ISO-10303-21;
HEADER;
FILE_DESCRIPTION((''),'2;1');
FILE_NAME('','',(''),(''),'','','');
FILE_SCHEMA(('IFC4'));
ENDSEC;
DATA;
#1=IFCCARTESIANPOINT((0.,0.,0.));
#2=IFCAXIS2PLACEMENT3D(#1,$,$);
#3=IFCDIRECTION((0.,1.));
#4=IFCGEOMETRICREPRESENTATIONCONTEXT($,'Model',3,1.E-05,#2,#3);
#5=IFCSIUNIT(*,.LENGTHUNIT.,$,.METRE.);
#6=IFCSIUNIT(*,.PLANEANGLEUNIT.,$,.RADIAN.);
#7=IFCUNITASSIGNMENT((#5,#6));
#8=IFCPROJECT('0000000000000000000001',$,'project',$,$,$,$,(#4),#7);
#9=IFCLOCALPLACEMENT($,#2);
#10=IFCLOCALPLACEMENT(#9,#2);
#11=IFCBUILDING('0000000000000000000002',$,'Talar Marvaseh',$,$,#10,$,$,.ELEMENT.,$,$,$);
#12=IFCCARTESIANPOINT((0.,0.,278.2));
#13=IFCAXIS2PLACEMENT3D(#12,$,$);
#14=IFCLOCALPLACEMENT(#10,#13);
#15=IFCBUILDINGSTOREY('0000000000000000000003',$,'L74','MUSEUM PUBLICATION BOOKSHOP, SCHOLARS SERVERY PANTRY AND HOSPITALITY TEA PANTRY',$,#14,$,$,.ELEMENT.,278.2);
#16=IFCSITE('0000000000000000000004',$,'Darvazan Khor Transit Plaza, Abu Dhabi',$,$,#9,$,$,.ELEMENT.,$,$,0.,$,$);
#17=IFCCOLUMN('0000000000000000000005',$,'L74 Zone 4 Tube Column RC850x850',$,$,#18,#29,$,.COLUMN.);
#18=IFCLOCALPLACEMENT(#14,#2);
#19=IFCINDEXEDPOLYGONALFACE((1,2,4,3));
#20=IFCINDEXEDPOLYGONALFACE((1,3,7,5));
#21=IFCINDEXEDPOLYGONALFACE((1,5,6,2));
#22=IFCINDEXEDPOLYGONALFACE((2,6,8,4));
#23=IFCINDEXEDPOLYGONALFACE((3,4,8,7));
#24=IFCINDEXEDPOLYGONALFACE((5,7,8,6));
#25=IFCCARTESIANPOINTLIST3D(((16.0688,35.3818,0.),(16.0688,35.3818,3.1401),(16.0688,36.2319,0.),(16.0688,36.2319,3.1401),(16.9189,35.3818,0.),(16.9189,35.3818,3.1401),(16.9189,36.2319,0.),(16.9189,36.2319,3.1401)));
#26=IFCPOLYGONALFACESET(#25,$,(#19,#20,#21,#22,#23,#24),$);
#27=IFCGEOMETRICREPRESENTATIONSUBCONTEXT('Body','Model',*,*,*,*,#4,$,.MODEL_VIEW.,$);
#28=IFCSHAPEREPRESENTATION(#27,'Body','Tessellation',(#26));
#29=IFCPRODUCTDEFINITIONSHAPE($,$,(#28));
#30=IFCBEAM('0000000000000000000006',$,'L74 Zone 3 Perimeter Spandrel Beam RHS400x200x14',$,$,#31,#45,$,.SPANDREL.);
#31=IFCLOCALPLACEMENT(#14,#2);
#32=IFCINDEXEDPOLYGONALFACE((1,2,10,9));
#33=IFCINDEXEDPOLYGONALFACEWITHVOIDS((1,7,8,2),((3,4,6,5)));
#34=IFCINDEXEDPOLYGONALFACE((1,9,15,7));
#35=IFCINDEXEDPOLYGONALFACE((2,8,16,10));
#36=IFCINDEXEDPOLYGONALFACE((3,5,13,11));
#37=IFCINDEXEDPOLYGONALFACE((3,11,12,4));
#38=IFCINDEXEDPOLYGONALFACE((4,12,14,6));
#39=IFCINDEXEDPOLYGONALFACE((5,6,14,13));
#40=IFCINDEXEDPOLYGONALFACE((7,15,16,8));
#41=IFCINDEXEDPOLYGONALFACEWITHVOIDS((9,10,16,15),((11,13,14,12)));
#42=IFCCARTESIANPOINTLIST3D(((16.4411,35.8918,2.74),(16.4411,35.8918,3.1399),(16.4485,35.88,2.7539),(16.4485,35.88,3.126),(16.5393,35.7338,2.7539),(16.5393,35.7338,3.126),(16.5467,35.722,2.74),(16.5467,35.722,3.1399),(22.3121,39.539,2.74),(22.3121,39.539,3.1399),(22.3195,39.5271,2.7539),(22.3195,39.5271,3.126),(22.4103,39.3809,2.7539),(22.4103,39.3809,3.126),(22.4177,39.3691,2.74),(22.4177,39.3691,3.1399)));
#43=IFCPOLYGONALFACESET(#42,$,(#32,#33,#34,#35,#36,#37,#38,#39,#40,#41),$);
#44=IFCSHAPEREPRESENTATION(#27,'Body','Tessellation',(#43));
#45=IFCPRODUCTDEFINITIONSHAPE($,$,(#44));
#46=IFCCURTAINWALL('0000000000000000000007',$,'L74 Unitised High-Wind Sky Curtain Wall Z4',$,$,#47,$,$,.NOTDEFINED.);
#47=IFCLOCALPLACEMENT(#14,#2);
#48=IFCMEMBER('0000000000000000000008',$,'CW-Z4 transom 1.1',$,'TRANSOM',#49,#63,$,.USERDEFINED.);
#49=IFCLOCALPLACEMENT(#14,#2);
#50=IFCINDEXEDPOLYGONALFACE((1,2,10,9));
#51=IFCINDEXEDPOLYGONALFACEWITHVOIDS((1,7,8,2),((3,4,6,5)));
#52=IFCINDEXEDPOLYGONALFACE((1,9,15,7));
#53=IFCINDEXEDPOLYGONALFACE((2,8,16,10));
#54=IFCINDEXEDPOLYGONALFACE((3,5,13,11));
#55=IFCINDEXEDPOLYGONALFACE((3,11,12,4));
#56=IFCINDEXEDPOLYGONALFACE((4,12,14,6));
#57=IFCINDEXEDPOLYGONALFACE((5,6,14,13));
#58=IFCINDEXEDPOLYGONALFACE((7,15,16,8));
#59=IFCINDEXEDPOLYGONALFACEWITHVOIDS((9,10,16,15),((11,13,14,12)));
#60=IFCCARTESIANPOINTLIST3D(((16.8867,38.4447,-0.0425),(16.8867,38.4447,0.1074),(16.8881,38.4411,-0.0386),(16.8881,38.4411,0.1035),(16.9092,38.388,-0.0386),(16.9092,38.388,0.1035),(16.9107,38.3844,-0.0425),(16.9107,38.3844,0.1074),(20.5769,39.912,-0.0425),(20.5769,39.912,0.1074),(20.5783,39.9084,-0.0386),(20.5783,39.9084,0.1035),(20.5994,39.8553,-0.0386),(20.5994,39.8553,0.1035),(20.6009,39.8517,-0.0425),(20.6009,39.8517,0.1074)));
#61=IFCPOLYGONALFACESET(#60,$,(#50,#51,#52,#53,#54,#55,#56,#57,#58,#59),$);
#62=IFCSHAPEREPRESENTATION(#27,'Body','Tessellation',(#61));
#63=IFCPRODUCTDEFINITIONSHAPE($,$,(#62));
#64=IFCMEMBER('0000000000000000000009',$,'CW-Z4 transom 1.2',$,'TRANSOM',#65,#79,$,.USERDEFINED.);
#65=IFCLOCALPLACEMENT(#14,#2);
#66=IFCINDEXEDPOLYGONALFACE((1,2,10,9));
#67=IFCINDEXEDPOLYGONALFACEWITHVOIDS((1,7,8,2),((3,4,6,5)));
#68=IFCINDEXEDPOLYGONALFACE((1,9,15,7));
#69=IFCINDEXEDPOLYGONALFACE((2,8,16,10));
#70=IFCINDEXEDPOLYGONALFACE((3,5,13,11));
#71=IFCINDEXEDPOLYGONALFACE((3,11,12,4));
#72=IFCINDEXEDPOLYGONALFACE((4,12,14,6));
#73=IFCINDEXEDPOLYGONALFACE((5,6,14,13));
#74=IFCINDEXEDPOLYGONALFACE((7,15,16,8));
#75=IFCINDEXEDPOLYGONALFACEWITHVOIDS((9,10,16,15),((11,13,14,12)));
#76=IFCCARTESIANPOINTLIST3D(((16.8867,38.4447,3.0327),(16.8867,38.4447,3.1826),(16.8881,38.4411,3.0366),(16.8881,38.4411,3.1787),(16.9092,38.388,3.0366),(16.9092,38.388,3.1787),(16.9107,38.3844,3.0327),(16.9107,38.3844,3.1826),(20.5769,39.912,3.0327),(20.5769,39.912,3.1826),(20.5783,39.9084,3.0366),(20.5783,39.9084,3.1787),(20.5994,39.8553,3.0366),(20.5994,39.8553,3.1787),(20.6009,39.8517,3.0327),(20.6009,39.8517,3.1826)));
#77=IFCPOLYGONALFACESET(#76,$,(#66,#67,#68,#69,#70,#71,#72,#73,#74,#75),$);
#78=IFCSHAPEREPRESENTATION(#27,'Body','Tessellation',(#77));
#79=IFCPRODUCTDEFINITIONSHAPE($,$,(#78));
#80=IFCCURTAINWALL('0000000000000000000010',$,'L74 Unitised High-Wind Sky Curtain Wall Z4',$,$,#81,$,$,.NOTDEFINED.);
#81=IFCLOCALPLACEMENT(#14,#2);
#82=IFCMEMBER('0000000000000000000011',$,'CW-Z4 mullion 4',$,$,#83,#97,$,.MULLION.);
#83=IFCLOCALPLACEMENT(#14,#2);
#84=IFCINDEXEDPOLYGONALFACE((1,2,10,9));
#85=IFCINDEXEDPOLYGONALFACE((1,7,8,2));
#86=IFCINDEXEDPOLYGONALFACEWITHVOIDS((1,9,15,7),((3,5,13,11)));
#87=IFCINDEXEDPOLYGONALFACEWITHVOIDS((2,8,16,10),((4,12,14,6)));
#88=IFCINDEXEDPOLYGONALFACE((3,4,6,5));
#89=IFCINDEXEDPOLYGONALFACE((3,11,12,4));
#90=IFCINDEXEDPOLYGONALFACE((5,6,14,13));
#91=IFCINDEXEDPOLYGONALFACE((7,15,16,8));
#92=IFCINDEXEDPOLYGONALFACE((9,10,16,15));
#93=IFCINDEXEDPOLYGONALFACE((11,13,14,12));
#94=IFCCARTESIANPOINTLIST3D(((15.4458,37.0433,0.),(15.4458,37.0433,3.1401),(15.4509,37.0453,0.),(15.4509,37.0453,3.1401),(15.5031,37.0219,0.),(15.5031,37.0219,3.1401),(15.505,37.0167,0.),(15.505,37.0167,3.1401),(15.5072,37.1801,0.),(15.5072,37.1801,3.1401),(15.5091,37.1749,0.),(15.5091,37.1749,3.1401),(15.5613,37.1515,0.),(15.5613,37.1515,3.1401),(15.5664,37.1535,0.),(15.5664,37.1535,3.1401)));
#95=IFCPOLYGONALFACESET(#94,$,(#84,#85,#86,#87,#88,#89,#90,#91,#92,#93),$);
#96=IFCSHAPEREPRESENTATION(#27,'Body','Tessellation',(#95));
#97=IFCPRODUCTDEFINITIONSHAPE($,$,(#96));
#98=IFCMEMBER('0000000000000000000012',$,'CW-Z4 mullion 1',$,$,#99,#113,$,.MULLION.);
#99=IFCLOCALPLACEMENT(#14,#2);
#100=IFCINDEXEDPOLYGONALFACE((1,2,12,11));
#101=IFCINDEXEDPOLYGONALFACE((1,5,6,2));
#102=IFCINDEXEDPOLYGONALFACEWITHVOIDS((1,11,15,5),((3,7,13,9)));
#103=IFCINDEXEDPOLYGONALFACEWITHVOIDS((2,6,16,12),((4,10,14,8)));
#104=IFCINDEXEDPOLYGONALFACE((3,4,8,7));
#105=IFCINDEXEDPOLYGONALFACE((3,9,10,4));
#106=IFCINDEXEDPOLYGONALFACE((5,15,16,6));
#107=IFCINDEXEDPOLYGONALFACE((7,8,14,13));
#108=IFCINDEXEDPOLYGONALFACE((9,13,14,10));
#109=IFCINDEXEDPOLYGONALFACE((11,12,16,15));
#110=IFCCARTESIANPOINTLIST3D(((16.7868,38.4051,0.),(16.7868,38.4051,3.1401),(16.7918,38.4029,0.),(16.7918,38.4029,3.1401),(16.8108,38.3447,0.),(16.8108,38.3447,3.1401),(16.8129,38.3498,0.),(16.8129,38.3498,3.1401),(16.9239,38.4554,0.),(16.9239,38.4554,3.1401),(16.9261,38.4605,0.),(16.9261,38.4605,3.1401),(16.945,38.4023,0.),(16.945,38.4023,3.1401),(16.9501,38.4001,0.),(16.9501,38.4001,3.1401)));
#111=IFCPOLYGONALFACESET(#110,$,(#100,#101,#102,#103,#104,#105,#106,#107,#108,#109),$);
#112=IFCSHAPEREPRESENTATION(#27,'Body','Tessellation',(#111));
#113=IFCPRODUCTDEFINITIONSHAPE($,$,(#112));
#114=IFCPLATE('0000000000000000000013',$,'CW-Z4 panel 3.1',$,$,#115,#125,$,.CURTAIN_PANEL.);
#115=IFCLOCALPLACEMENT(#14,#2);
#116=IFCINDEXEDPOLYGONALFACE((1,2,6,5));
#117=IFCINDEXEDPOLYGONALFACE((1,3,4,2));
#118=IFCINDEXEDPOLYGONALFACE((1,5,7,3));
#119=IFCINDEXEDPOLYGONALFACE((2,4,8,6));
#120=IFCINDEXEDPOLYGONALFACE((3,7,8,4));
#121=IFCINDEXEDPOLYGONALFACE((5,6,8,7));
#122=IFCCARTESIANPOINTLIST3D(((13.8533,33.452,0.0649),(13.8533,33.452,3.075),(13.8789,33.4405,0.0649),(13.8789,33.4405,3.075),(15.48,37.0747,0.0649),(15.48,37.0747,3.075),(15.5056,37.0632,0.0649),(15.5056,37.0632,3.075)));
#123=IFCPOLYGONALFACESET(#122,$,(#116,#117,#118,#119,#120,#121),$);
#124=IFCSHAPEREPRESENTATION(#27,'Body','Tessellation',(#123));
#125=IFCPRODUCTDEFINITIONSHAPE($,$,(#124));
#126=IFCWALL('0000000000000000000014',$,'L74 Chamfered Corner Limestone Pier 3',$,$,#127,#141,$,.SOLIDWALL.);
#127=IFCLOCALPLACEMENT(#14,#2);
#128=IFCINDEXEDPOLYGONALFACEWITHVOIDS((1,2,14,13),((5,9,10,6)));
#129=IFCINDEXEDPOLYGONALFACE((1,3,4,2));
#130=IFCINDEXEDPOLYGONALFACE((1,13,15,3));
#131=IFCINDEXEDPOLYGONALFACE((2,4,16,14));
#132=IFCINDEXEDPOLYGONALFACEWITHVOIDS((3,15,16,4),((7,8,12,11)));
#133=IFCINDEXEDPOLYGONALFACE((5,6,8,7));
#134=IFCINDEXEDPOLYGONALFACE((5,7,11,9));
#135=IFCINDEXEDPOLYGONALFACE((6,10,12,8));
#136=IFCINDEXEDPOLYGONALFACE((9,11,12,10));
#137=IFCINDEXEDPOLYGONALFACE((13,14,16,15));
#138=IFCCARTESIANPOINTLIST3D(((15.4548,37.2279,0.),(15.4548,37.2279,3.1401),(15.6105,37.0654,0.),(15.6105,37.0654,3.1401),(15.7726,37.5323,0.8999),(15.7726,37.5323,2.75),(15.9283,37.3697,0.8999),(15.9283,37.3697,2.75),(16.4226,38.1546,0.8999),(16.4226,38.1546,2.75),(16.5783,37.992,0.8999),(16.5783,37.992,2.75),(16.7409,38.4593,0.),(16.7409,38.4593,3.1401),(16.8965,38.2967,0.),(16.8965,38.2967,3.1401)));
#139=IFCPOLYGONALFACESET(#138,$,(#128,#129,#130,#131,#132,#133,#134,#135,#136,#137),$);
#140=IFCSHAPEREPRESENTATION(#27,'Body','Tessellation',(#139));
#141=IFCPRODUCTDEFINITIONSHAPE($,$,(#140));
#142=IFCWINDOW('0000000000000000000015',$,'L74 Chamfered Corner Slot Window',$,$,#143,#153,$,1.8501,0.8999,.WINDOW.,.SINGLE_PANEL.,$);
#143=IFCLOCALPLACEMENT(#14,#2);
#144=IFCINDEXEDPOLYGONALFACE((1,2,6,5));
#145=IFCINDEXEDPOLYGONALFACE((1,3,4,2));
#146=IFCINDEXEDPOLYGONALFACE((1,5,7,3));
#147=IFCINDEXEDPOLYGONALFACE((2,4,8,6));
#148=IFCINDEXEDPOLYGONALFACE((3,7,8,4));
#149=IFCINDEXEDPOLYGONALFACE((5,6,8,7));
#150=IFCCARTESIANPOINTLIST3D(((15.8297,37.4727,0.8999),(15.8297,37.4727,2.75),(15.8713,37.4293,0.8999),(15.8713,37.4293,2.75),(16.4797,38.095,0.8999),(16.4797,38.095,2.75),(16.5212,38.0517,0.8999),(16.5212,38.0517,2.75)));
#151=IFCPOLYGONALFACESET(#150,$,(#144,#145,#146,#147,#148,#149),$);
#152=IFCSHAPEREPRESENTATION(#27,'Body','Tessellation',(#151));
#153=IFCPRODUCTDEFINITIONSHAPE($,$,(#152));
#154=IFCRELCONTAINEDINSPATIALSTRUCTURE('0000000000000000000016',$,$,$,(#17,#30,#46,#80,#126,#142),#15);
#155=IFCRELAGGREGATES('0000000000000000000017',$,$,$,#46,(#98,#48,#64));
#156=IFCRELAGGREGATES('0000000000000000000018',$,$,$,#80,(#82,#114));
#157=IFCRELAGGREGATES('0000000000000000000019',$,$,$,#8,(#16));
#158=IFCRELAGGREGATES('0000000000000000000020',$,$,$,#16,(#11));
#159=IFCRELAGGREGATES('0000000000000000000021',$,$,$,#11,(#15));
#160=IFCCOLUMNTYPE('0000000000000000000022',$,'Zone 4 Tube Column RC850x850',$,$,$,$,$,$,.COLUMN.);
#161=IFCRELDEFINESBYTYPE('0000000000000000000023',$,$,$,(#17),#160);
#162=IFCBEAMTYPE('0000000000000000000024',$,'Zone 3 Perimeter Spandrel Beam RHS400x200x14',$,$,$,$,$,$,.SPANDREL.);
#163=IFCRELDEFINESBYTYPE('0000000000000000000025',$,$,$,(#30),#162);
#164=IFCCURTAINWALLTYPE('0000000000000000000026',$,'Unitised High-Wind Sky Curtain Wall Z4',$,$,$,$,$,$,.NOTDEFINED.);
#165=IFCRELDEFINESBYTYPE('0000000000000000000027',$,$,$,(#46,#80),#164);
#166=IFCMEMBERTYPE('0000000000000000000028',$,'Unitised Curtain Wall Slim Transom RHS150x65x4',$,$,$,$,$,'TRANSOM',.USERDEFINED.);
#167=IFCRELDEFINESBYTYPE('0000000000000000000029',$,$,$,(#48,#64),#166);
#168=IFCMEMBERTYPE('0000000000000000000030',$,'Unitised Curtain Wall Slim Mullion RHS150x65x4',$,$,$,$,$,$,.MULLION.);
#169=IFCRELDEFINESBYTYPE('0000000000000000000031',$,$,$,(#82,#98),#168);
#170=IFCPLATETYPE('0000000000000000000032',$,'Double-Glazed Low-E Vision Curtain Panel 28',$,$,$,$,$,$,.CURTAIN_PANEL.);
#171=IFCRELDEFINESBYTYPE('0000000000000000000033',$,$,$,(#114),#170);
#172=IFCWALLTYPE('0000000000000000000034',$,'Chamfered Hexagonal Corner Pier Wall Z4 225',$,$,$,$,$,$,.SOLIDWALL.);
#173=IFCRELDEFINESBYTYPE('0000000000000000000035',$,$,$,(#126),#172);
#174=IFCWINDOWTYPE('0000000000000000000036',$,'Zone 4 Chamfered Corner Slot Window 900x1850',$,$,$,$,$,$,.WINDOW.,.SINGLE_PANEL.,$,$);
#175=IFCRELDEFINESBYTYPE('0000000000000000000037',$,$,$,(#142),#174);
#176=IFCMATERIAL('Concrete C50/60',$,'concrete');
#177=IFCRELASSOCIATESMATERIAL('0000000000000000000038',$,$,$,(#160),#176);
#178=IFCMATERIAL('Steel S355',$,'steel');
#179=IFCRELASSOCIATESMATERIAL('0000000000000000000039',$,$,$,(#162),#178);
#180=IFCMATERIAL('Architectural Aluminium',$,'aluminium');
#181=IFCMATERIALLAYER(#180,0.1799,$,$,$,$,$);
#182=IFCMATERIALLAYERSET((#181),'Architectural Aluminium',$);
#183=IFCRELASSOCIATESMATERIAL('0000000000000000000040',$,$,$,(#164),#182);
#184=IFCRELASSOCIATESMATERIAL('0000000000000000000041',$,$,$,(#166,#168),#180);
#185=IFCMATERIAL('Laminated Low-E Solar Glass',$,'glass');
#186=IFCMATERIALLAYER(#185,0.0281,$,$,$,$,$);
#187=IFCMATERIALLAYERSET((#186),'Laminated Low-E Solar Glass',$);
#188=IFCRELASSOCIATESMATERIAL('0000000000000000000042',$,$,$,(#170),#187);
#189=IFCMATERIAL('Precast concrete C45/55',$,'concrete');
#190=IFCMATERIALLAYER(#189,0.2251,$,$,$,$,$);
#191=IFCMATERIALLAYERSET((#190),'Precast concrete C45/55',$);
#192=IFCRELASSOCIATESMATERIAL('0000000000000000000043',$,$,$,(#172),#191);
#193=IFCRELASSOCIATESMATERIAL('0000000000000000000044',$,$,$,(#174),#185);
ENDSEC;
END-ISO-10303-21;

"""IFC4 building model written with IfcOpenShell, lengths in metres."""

from ifc_helpers import new_model, si_unit, direction, frame, frame_2d, origin, origin_2d, place, context, subcontext, project, spatial, rectangle, hollow_rectangle, extrude, source, transform, mapped, material, layer, layer_set, material_profile, profile_set, type_object, type_shapes, element, fill, aggregate, save


model = new_model("IFC4")

# Units and contexts
model_context = context("Model", 3, precision=1e-05, world=origin(), true_north=direction((0.0, 1.0)))
body_context = subcontext(model_context, "Body", "Model", "MODEL_VIEW")
ifc_project = project(units=[si_unit("LENGTHUNIT", "METRE"), si_unit("PLANEANGLEUNIT", "RADIAN")], contexts=[model_context])

# Site, building, storey
site_placement = place(None, origin())
site = spatial("IfcSite", under=ifc_project, at=site_placement, Name="Darvazan Khor Transit Plaza, Abu Dhabi", CompositionType="ELEMENT", RefElevation=0.0)
building_placement = place(site_placement, origin())
building = spatial("IfcBuilding", under=site, at=building_placement, Name="Talar Marvaseh", CompositionType="ELEMENT")
storey_placement = place(building_placement, frame((0.0, 0.0, 278.2)))
storey = spatial("IfcBuildingStorey", under=building, at=storey_placement, Name="L74", Description="MUSEUM PUBLICATION BOOKSHOP, SCHOLARS SERVERY PANTRY AND HOSPITALITY TEA PANTRY", CompositionType="ELEMENT", Elevation=278.2)

# Column
ifc_material_1 = material(Name="Concrete C50/60", Category="concrete")
ifc_material_profile_1 = material_profile(ifc_material_1, rectangle(XDim=0.8501, YDim=0.8501, at=origin_2d()), Name="RC850x850")
ifc_profile_set_1 = profile_set([ifc_material_profile_1], Name="Concrete C50/60")
column_type = type_object("IfcColumnType", Name="Zone 4 Tube Column RC850x850", PredefinedType="COLUMN", material=ifc_profile_set_1)
column_placement = place(storey_placement, frame((16.4939, 35.8069, 0.0), z_axis=(0.0, 0.0, 1.0), x_axis=(1.0, 0.0, 0.0)))
element("IfcColumn", 1, at=column_placement, inside=storey, type_object=column_type, Name="L74 Zone 4 Tube Column RC850x850", PredefinedType="COLUMN", context=body_context, shape_type="SweptSolid", body=[
    extrude(rectangle(XDim=0.8501, YDim=0.8501, at=origin_2d()), origin(), (0.0, 0.0, 1.0), 3.1401),
])

# Beam
ifc_material_2 = material(Name="Steel S355", Category="steel")
ifc_material_profile_2 = material_profile(ifc_material_2, hollow_rectangle(XDim=0.2, YDim=0.3999, WallThickness=0.0139, at=origin_2d()), Name="RHS400x200x14")
ifc_profile_set_2 = profile_set([ifc_material_profile_2], Name="Steel S355")
beam_type = type_object("IfcBeamType", Name="Zone 3 Perimeter Spandrel Beam RHS400x200x14", PredefinedType="SPANDREL", material=ifc_profile_set_2)
beam_placement = place(storey_placement, frame((16.4939, 35.8069, 2.9399), z_axis=(0.84944, 0.527686, 0.0), x_axis=(-0.527686, 0.84944, 0.0)))
element("IfcBeam", 2, at=beam_placement, inside=storey, type_object=beam_type, Name="L74 Zone 3 Perimeter Spandrel Beam RHS400x200x14", PredefinedType="SPANDREL", context=body_context, shape_type="SweptSolid", body=[
    extrude(hollow_rectangle(XDim=0.2, YDim=0.3999, WallThickness=0.0139, at=origin_2d()), origin(), (0.0, 0.0, 1.0), 6.9116),
])

# Curtain wall, members
ifc_material_3 = material(Name="Architectural Aluminium", Category="aluminium")
ifc_layer_1 = layer(ifc_material_3, 0.1799)
ifc_layer_set_1 = layer_set([ifc_layer_1], Name="Architectural Aluminium")
curtain_wall_type = type_object("IfcCurtainWallType", Name="Unitised High-Wind Sky Curtain Wall Z4", PredefinedType="NOTDEFINED", material=ifc_layer_set_1)
curtain_wall_1_placement = place(storey_placement, origin())
curtain_wall_1 = element("IfcCurtainWall", 3, at=curtain_wall_1_placement, inside=storey, type_object=curtain_wall_type, Name="L74 Unitised High-Wind Sky Curtain Wall Z4", PredefinedType="NOTDEFINED")
ifc_material_profile_3 = material_profile(ifc_material_3, hollow_rectangle(XDim=0.0649, YDim=0.1499, WallThickness=0.0039, at=origin_2d()), Name="RHS150x65x4")
ifc_profile_set_3 = profile_set([ifc_material_profile_3], Name="Architectural Aluminium")
member_type_1 = type_object("IfcMemberType", Name="Unitised Curtain Wall Slim Transom RHS150x65x4", ElementType="TRANSOM", PredefinedType="USERDEFINED", material=ifc_profile_set_3)
shared_shape_1 = source(origin(), body_context, "Body", "SweptSolid", [
    extrude(hollow_rectangle(XDim=0.0649, YDim=0.1499, WallThickness=0.0039, at=origin_2d()), origin(), (0.0, 0.0, 1.0), 3.9712),
])
type_shapes(member_type_1, [shared_shape_1])
member_1_placement = place(storey_placement, frame((16.8987, 38.4146, 0.0325), z_axis=(0.929238, 0.369482, 0.0), x_axis=(-0.369482, 0.929238, 0.0)))
member_1 = element("IfcMember", 4, at=member_1_placement, type_object=member_type_1, Name="CW-Z4 transom 1.1", ObjectType="TRANSOM", PredefinedType="USERDEFINED", context=body_context, shape_type="MappedRepresentation", body=[
    mapped(shared_shape_1, transform((0.0, 0.0, 0.0), x_axis=(1.0, 0.0, 0.0), y_axis=(0.0, 1.0, 0.0), z_axis=(0.0, 0.0, 1.0), scale=1.0)),
])
member_2_placement = place(storey_placement, frame((16.8987, 38.4146, 3.1077), z_axis=(0.929238, 0.369482, 0.0), x_axis=(-0.369482, 0.929238, 0.0)))
member_2 = element("IfcMember", 5, at=member_2_placement, type_object=member_type_1, Name="CW-Z4 transom 1.2", ObjectType="TRANSOM", PredefinedType="USERDEFINED", context=body_context, shape_type="MappedRepresentation", body=[
    mapped(shared_shape_1, transform((0.0, 0.0, 0.0), x_axis=(1.0, 0.0, 0.0), y_axis=(0.0, 1.0, 0.0), z_axis=(0.0, 0.0, 1.0), scale=1.0)),
])

# Curtain wall, member
curtain_wall_2_placement = place(storey_placement, origin())
curtain_wall_2 = element("IfcCurtainWall", 6, at=curtain_wall_2_placement, inside=storey, type_object=curtain_wall_type, Name="L74 Unitised High-Wind Sky Curtain Wall Z4", PredefinedType="NOTDEFINED")
ifc_material_profile_4 = material_profile(ifc_material_3, hollow_rectangle(XDim=0.0649, YDim=0.1499, WallThickness=0.0039, at=origin_2d()), Name="RHS150x65x4")
ifc_profile_set_4 = profile_set([ifc_material_profile_4], Name="Architectural Aluminium")
member_type_2 = type_object("IfcMemberType", Name="Unitised Curtain Wall Slim Mullion RHS150x65x4", PredefinedType="MULLION", material=ifc_profile_set_4)
shared_shape_2 = source(origin(), body_context, "Body", "SweptSolid", [
    extrude(hollow_rectangle(XDim=0.0649, YDim=0.1499, WallThickness=0.0039, at=origin_2d()), origin(), (0.0, 0.0, 1.0), 3.1401),
])
type_shapes(member_type_2, [shared_shape_2])
member_3_placement = place(storey_placement, frame((15.5061, 37.0984, 0.0), z_axis=(0.0, 0.0, 1.0), x_axis=(-0.912249, 0.409635, 0.0)))
member_3 = element("IfcMember", 7, at=member_3_placement, type_object=member_type_2, Name="CW-Z4 mullion 4", PredefinedType="MULLION", context=body_context, shape_type="MappedRepresentation", body=[
    mapped(shared_shape_2, transform((0.0, 0.0, 0.0), x_axis=(1.0, 0.0, 0.0), y_axis=(0.0, 1.0, 0.0), z_axis=(0.0, 0.0, 1.0), scale=1.0)),
])

# Member
member_4_placement = place(storey_placement, frame((16.8684, 38.4026, 0.0), z_axis=(0.0, 0.0, 1.0), x_axis=(-0.36945, 0.92925, 0.0)))
member_4 = element("IfcMember", 8, at=member_4_placement, type_object=member_type_2, Name="CW-Z4 mullion 1", PredefinedType="MULLION", context=body_context, shape_type="MappedRepresentation", body=[
    mapped(shared_shape_2, transform((0.0, 0.0, 0.0), x_axis=(1.0, 0.0, 0.0), y_axis=(0.0, 1.0, 0.0), z_axis=(0.0, 0.0, 1.0), scale=1.0)),
])
aggregate(curtain_wall_1, [member_4, member_1, member_2])

# Plate
ifc_material_4 = material(Name="Laminated Low-E Solar Glass", Category="glass")
ifc_layer_2 = layer(ifc_material_4, 0.0281)
ifc_layer_set_2 = layer_set([ifc_layer_2], Name="Laminated Low-E Solar Glass")
plate_type = type_object("IfcPlateType", Name="Double-Glazed Low-E Vision Curtain Panel 28", PredefinedType="CURTAIN_PANEL", material=ifc_layer_set_2)
shared_shape_3 = source(origin(), body_context, "Body", "SweptSolid", [
    extrude(rectangle(XDim=3.9712, YDim=0.0281, at=origin_2d()), origin(), (0.0, 0.0, 1.0), 3.01),
])
type_shapes(plate_type, [shared_shape_3])
plate_placement = place(storey_placement, frame((14.6794, 35.2576, 0.0649), z_axis=(0.0, 0.0, 1.0), x_axis=(0.409635, 0.912249, 0.0)))
plate = element("IfcPlate", 9, at=plate_placement, type_object=plate_type, Name="CW-Z4 panel 3.1", PredefinedType="CURTAIN_PANEL", context=body_context, shape_type="MappedRepresentation", body=[
    mapped(shared_shape_3, transform((0.0, 0.0, 0.0), x_axis=(1.0, 0.0, 0.0), y_axis=(0.0, 1.0, 0.0), z_axis=(0.0, 0.0, 1.0), scale=1.0)),
])
aggregate(curtain_wall_2, [member_3, plate])

# Wall, opening, window
ifc_material_5 = material(Name="Precast concrete C45/55", Category="concrete")
ifc_layer_3 = layer(ifc_material_5, 0.2251)
ifc_layer_set_3 = layer_set([ifc_layer_3], Name="Precast concrete C45/55")
wall_type_1 = type_object("IfcWallType", Name="Chamfered Hexagonal Corner Pier Wall Z4 225", PredefinedType="SOLIDWALL", material=ifc_layer_set_3)
wall_1_placement = place(storey_placement, frame((15.5327, 37.1467, 0.0), z_axis=(0.0, 0.0, 1.0), x_axis=(0.722296, 0.691584, 0.0)))
wall_1 = element("IfcWall", 10, at=wall_1_placement, inside=storey, type_object=wall_type_1, Name="L74 Chamfered Corner Limestone Pier 3", PredefinedType="SOLIDWALL", context=body_context, shape_type="SweptSolid", body=[
    extrude(rectangle(XDim=1.7805, YDim=0.2251, at=frame_2d((0.8901, 0.0))), origin(), (0.0, 0.0, 1.0), 3.1401),
])
opening_1_placement = place(wall_1_placement, frame((0.4399, 0.0, 0.8999)))
opening_1 = element("IfcOpeningElement", 11, at=opening_1_placement, cuts=wall_1, PredefinedType="OPENING", context=body_context, shape_type="SweptSolid", body=[
    extrude(rectangle(XDim=0.8999, YDim=1.8501, at=frame_2d((0.45, 0.925))), frame((0.0, 0.1226, 0.0), z_axis=(0.0, -1.0, 0.0), x_axis=(1.0, 0.0, 0.0)), (0.0, 0.0, 1.0), 0.2451),
])
window_type = type_object("IfcWindowType", Name="Zone 4 Chamfered Corner Slot Window 900x1850", PartitioningType="SINGLE_PANEL", PredefinedType="WINDOW", material=ifc_material_4)
shared_shape_4 = source(origin(), body_context, "Body", "SweptSolid", [
    extrude(rectangle(XDim=0.8999, YDim=1.8501, at=frame_2d((0.45, 0.925))), frame((0.0, 0.03, 0.0), z_axis=(0.0, -1.0, 0.0), x_axis=(1.0, 0.0, 0.0)), (0.0, 0.0, 1.0), 0.0601),
])
type_shapes(window_type, [shared_shape_4])
window_placement = place(opening_1_placement, origin())
window = element("IfcWindow", 12, at=window_placement, inside=storey, type_object=window_type, Name="L74 Chamfered Corner Slot Window", OverallHeight=1.8501, OverallWidth=0.8999, PartitioningType="SINGLE_PANEL", PredefinedType="WINDOW", context=body_context, shape_type="MappedRepresentation", body=[
    mapped(shared_shape_4, transform((0.0, 0.0, 0.0), x_axis=(1.0, 0.0, 0.0), y_axis=(0.0, 1.0, 0.0), z_axis=(0.0, 0.0, 1.0), scale=1.0)),
])
fill(opening_1, window)

save(model, "model.ifc")
